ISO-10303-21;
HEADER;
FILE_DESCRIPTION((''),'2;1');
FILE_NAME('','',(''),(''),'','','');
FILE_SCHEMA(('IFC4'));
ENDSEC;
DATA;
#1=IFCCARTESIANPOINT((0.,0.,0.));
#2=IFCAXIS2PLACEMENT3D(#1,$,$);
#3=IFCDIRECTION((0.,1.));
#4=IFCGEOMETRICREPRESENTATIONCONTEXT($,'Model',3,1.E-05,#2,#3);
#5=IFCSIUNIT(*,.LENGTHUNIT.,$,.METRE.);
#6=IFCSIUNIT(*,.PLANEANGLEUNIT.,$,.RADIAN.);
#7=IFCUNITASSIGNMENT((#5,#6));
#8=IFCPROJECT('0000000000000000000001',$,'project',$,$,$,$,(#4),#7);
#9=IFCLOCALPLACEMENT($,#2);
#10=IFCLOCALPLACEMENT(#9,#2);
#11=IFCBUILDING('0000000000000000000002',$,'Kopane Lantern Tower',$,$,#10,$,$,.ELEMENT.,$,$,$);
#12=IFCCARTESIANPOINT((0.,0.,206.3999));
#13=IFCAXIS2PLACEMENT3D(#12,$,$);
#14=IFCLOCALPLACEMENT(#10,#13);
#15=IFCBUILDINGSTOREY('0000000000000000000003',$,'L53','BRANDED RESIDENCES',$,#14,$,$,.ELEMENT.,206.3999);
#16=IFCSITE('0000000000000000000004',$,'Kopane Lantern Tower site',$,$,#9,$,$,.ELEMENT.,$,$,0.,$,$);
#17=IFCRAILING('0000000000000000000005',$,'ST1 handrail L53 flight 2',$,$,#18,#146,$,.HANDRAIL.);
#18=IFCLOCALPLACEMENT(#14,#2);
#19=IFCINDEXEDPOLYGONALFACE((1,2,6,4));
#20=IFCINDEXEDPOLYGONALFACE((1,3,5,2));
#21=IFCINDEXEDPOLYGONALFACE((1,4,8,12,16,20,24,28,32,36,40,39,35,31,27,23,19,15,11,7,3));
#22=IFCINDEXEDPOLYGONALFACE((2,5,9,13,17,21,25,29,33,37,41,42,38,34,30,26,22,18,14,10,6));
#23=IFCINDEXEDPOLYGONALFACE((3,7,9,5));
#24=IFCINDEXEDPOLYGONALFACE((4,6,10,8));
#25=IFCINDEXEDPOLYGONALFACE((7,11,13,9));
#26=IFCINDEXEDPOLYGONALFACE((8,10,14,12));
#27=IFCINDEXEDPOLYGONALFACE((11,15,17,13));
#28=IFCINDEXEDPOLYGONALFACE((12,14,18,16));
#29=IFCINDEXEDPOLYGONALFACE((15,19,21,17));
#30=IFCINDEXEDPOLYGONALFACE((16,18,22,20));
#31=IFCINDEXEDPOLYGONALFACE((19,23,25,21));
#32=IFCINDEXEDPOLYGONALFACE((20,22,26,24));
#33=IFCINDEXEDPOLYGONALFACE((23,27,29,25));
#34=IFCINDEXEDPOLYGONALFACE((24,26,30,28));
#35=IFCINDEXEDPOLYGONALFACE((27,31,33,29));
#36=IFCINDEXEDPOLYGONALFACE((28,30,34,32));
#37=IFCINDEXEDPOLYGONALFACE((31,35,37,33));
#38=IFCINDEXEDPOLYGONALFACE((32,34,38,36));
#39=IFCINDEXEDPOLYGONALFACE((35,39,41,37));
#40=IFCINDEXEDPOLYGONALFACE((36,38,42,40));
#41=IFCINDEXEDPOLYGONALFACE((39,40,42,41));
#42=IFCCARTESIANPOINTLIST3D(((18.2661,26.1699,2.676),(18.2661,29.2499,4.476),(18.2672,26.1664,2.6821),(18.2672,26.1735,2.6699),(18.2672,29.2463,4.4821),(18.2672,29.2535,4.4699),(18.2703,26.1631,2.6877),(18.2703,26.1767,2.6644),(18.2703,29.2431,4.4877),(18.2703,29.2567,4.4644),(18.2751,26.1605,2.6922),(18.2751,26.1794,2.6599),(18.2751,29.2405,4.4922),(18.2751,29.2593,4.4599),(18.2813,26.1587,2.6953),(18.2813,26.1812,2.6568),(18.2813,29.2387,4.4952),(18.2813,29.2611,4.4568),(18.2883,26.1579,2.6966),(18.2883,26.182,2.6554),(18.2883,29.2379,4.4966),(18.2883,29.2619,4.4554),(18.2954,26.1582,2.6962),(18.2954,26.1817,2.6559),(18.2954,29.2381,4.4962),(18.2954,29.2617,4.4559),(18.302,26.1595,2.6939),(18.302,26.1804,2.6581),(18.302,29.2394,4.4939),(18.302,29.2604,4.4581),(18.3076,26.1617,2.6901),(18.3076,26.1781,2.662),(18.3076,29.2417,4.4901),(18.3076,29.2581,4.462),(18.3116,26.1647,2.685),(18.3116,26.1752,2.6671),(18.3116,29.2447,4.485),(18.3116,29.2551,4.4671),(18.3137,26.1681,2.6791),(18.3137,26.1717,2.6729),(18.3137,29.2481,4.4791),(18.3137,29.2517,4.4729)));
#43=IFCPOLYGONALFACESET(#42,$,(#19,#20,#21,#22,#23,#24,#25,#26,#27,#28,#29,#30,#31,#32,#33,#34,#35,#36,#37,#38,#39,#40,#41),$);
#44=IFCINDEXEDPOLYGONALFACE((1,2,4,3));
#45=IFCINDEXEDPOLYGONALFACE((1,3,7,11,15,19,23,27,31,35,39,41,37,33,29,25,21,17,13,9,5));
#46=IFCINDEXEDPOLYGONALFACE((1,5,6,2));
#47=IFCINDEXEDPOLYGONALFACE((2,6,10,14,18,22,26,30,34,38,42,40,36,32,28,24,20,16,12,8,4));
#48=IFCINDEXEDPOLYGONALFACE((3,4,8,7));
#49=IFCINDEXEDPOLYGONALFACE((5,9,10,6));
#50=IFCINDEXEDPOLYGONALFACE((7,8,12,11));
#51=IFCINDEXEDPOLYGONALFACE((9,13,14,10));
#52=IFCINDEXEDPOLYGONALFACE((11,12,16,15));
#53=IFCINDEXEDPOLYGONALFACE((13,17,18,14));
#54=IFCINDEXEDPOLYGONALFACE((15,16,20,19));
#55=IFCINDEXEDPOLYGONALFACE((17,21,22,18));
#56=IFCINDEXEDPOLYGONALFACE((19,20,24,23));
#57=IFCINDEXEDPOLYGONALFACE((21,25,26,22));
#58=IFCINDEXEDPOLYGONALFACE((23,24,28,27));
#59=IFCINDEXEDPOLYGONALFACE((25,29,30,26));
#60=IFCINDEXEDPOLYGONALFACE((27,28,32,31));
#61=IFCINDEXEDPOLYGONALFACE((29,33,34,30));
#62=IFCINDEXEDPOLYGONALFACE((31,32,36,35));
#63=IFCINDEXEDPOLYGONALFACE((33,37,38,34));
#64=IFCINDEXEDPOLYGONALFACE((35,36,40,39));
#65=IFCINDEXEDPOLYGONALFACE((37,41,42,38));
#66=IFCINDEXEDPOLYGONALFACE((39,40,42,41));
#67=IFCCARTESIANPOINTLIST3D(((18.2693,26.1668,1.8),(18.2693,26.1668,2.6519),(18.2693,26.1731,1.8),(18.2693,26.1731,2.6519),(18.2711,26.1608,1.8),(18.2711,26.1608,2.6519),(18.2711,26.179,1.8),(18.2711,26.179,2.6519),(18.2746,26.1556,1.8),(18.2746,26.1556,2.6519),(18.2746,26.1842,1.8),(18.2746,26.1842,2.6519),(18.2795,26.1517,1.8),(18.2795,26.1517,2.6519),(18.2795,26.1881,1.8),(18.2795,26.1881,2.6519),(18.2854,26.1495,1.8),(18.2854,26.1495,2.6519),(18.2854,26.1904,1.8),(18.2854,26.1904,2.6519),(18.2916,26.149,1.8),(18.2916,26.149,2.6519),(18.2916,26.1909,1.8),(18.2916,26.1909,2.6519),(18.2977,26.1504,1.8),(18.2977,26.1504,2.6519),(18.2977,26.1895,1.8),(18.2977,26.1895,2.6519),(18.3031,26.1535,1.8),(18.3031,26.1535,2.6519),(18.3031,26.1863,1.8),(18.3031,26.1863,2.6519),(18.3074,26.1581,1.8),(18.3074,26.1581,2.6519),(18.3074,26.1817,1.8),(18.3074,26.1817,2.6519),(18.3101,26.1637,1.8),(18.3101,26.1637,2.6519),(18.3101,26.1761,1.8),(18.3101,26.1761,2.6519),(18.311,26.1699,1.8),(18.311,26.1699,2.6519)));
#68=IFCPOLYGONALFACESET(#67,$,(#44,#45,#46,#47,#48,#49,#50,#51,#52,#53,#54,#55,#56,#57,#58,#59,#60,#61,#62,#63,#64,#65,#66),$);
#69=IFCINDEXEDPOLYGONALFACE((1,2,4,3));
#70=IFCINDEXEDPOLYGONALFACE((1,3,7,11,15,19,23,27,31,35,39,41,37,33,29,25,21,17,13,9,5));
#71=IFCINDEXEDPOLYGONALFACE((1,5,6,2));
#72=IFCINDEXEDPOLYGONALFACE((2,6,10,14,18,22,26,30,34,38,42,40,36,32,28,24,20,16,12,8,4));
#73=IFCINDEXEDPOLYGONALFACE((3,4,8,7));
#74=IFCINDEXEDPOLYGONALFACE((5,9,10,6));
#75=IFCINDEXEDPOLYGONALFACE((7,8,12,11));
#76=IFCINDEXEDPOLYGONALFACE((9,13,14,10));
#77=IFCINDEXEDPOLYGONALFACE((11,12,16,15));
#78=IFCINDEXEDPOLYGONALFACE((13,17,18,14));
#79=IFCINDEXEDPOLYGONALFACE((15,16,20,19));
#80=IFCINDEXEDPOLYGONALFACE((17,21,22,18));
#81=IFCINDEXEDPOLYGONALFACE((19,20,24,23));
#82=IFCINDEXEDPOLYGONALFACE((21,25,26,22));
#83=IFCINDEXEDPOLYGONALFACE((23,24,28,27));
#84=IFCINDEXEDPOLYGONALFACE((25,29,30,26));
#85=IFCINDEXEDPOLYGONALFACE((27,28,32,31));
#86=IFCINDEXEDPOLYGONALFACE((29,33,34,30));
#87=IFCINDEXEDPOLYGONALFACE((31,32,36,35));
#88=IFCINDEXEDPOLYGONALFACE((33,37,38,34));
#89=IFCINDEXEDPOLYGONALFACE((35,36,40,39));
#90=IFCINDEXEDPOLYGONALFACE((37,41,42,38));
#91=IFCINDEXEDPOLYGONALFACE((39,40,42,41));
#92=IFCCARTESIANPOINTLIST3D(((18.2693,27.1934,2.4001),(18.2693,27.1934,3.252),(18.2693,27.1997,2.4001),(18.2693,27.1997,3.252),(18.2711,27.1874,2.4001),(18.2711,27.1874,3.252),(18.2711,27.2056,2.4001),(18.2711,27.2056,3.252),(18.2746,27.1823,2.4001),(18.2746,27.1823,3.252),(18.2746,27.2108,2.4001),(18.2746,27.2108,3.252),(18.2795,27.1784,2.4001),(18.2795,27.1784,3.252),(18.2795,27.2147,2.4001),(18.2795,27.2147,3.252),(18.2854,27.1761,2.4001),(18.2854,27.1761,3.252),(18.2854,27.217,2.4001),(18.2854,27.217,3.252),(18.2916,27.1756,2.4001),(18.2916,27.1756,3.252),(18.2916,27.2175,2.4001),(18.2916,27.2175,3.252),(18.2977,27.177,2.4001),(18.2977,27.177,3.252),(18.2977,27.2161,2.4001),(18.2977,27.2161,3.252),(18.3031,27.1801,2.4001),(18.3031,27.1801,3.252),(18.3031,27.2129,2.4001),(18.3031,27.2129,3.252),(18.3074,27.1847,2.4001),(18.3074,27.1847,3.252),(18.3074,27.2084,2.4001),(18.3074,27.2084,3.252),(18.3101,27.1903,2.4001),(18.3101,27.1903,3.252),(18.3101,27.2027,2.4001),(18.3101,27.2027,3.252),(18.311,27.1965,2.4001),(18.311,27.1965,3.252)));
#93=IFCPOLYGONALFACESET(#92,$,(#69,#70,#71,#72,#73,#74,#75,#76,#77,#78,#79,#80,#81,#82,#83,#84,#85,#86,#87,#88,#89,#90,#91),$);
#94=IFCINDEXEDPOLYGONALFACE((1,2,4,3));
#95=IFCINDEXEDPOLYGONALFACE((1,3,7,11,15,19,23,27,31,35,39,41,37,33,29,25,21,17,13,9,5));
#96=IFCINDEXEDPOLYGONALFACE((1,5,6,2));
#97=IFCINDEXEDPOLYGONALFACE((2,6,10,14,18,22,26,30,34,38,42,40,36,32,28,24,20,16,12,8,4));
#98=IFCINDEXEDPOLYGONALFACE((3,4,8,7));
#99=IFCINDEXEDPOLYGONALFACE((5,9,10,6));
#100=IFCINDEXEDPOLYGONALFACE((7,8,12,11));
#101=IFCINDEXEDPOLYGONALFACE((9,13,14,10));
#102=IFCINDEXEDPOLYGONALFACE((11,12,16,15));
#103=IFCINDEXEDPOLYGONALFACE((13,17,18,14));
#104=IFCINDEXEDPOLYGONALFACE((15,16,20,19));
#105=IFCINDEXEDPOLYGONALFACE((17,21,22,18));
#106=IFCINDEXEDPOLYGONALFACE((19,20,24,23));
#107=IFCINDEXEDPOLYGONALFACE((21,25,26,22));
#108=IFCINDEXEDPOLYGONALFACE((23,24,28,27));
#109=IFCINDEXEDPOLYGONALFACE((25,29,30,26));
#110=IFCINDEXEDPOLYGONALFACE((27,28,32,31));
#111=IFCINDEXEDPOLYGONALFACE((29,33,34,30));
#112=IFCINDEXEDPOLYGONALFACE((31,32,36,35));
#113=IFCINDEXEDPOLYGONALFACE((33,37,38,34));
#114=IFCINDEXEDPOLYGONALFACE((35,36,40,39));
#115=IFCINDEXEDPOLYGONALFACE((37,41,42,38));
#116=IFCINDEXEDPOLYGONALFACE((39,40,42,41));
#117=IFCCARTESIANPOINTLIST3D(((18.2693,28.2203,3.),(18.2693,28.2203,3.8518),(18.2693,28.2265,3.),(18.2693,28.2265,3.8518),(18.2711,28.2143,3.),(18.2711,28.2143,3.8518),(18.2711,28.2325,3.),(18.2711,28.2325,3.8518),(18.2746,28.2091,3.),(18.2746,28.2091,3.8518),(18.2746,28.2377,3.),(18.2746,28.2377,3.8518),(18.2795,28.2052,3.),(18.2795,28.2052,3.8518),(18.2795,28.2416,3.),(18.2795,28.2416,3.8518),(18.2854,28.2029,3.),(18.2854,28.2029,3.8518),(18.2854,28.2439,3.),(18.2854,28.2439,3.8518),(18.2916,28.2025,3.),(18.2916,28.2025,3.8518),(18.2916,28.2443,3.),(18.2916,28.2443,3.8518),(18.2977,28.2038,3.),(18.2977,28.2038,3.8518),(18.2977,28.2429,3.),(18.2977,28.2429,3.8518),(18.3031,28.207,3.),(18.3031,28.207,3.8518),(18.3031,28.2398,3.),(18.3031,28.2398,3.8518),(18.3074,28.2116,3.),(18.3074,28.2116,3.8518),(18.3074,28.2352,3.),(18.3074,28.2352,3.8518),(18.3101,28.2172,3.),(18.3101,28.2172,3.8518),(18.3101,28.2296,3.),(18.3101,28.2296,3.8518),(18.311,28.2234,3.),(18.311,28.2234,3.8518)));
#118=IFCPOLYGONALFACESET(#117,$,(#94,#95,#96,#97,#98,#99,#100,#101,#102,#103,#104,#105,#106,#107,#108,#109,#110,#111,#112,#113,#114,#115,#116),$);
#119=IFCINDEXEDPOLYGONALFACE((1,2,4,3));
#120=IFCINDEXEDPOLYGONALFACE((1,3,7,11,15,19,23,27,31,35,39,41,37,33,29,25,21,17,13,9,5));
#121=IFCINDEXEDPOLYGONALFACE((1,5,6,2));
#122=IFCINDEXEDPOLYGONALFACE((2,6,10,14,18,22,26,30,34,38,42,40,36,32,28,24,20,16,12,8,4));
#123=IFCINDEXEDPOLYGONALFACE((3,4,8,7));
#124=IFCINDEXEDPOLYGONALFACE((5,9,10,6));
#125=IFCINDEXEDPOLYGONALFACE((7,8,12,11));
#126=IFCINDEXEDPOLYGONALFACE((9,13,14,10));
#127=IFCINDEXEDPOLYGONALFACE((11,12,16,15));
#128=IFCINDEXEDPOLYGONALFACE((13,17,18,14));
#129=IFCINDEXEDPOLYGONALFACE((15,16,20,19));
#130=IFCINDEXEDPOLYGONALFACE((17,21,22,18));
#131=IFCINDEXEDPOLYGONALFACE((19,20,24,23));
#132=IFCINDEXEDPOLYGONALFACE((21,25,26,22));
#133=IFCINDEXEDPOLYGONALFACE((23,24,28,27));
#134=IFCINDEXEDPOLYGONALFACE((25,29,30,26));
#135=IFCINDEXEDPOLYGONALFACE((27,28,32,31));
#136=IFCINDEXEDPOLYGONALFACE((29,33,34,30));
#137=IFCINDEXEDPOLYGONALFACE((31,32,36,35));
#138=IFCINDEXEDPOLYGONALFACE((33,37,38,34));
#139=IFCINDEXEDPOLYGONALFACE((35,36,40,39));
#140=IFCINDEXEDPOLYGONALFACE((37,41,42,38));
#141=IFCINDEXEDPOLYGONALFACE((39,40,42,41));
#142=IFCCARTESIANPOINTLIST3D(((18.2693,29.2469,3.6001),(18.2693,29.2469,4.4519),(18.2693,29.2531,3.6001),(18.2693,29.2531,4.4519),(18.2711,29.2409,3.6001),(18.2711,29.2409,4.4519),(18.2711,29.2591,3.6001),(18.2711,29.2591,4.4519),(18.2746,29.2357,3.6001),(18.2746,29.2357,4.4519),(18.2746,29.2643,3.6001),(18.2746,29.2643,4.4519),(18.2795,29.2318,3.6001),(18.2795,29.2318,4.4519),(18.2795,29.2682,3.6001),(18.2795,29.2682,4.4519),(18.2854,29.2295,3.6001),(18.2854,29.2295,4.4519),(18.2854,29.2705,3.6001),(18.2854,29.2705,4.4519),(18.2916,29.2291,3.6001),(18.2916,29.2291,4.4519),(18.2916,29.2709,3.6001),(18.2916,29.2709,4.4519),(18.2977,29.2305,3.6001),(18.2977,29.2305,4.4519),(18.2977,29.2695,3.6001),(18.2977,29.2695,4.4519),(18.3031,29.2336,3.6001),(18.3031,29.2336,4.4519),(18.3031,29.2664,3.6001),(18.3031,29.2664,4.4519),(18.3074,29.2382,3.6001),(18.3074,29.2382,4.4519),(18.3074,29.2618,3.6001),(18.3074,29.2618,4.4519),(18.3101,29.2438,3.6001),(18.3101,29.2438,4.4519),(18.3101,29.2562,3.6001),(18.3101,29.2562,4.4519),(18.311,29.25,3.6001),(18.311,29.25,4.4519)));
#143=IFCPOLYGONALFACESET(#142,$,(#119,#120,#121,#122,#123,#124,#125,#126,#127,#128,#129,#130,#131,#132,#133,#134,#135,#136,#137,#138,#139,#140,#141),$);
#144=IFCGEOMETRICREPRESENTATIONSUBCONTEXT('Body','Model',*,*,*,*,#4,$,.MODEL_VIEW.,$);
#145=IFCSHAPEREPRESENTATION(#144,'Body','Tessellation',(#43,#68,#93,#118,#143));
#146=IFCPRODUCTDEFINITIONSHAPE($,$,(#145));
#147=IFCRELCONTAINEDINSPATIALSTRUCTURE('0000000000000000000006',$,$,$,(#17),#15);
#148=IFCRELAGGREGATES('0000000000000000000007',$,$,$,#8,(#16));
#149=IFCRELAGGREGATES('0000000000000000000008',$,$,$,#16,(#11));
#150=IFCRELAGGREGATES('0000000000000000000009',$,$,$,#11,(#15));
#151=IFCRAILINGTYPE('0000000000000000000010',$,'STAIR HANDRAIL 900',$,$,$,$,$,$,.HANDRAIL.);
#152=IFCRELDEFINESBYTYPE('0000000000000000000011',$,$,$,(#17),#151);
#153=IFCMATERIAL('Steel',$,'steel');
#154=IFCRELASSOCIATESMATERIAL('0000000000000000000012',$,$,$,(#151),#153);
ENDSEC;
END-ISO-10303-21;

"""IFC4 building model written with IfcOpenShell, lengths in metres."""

from ifc_helpers import new_model, si_unit, direction, frame, origin, origin_2d, place, context, subcontext, project, spatial, circle, extrude, material, type_object, element, save


model = new_model("IFC4")

# Units and contexts
model_context = context("Model", 3, precision=1e-05, world=origin(), true_north=direction((0.0, 1.0)))
body_context = subcontext(model_context, "Body", "Model", "MODEL_VIEW")
ifc_project = project(units=[si_unit("LENGTHUNIT", "METRE"), si_unit("PLANEANGLEUNIT", "RADIAN")], contexts=[model_context])

# Site, building, storey
site_placement = place(None, origin())
site = spatial("IfcSite", under=ifc_project, at=site_placement, Name="Kopane Lantern Tower site", CompositionType="ELEMENT", RefElevation=0.0)
building_placement = place(site_placement, origin())
building = spatial("IfcBuilding", under=site, at=building_placement, Name="Kopane Lantern Tower", CompositionType="ELEMENT")
storey_placement = place(building_placement, frame((0.0, 0.0, 206.3999)))
storey = spatial("IfcBuildingStorey", under=building, at=storey_placement, Name="L53", Description="BRANDED RESIDENCES", CompositionType="ELEMENT", Elevation=206.3999)

# Railing
ifc_material_1 = material(Name="Steel", Category="steel")
railing_type_1 = type_object("IfcRailingType", Name="STAIR HANDRAIL 900", PredefinedType="HANDRAIL", material=ifc_material_1)
for number, where, name in (
    (1, (18.29, 26.1699, 1.8), "ST1 handrail L53 flight 2"),
):
    element("IfcRailing", number, at=place(storey_placement, frame(where)), inside=storey, type_object=railing_type_1, Name=name, PredefinedType="HANDRAIL", context=body_context, shape_type="SweptSolid", body=[
        extrude(circle(Radius=0.0239, at=origin_2d()), frame((0.0, 0.0, 0.876), z_axis=(0.0, 0.863372, 0.504569), x_axis=(-1.0, 0.0, 0.0)), (0.0, 0.0, 1.0), 3.5674),
        extrude(circle(Radius=0.021, at=origin_2d()), origin(), (0.0, 0.0, 1.0), 0.8518),
        extrude(circle(Radius=0.021, at=origin_2d()), frame((0.0, 1.0266, 0.6001)), (0.0, 0.0, 1.0), 0.8518),
        extrude(circle(Radius=0.021, at=origin_2d()), frame((0.0, 2.0535, 1.2)), (0.0, 0.0, 1.0), 0.8518),
        extrude(circle(Radius=0.021, at=origin_2d()), frame((0.0, 3.0801, 1.8)), (0.0, 0.0, 1.0), 0.8518),
    ])

save(model, "model.ifc")
